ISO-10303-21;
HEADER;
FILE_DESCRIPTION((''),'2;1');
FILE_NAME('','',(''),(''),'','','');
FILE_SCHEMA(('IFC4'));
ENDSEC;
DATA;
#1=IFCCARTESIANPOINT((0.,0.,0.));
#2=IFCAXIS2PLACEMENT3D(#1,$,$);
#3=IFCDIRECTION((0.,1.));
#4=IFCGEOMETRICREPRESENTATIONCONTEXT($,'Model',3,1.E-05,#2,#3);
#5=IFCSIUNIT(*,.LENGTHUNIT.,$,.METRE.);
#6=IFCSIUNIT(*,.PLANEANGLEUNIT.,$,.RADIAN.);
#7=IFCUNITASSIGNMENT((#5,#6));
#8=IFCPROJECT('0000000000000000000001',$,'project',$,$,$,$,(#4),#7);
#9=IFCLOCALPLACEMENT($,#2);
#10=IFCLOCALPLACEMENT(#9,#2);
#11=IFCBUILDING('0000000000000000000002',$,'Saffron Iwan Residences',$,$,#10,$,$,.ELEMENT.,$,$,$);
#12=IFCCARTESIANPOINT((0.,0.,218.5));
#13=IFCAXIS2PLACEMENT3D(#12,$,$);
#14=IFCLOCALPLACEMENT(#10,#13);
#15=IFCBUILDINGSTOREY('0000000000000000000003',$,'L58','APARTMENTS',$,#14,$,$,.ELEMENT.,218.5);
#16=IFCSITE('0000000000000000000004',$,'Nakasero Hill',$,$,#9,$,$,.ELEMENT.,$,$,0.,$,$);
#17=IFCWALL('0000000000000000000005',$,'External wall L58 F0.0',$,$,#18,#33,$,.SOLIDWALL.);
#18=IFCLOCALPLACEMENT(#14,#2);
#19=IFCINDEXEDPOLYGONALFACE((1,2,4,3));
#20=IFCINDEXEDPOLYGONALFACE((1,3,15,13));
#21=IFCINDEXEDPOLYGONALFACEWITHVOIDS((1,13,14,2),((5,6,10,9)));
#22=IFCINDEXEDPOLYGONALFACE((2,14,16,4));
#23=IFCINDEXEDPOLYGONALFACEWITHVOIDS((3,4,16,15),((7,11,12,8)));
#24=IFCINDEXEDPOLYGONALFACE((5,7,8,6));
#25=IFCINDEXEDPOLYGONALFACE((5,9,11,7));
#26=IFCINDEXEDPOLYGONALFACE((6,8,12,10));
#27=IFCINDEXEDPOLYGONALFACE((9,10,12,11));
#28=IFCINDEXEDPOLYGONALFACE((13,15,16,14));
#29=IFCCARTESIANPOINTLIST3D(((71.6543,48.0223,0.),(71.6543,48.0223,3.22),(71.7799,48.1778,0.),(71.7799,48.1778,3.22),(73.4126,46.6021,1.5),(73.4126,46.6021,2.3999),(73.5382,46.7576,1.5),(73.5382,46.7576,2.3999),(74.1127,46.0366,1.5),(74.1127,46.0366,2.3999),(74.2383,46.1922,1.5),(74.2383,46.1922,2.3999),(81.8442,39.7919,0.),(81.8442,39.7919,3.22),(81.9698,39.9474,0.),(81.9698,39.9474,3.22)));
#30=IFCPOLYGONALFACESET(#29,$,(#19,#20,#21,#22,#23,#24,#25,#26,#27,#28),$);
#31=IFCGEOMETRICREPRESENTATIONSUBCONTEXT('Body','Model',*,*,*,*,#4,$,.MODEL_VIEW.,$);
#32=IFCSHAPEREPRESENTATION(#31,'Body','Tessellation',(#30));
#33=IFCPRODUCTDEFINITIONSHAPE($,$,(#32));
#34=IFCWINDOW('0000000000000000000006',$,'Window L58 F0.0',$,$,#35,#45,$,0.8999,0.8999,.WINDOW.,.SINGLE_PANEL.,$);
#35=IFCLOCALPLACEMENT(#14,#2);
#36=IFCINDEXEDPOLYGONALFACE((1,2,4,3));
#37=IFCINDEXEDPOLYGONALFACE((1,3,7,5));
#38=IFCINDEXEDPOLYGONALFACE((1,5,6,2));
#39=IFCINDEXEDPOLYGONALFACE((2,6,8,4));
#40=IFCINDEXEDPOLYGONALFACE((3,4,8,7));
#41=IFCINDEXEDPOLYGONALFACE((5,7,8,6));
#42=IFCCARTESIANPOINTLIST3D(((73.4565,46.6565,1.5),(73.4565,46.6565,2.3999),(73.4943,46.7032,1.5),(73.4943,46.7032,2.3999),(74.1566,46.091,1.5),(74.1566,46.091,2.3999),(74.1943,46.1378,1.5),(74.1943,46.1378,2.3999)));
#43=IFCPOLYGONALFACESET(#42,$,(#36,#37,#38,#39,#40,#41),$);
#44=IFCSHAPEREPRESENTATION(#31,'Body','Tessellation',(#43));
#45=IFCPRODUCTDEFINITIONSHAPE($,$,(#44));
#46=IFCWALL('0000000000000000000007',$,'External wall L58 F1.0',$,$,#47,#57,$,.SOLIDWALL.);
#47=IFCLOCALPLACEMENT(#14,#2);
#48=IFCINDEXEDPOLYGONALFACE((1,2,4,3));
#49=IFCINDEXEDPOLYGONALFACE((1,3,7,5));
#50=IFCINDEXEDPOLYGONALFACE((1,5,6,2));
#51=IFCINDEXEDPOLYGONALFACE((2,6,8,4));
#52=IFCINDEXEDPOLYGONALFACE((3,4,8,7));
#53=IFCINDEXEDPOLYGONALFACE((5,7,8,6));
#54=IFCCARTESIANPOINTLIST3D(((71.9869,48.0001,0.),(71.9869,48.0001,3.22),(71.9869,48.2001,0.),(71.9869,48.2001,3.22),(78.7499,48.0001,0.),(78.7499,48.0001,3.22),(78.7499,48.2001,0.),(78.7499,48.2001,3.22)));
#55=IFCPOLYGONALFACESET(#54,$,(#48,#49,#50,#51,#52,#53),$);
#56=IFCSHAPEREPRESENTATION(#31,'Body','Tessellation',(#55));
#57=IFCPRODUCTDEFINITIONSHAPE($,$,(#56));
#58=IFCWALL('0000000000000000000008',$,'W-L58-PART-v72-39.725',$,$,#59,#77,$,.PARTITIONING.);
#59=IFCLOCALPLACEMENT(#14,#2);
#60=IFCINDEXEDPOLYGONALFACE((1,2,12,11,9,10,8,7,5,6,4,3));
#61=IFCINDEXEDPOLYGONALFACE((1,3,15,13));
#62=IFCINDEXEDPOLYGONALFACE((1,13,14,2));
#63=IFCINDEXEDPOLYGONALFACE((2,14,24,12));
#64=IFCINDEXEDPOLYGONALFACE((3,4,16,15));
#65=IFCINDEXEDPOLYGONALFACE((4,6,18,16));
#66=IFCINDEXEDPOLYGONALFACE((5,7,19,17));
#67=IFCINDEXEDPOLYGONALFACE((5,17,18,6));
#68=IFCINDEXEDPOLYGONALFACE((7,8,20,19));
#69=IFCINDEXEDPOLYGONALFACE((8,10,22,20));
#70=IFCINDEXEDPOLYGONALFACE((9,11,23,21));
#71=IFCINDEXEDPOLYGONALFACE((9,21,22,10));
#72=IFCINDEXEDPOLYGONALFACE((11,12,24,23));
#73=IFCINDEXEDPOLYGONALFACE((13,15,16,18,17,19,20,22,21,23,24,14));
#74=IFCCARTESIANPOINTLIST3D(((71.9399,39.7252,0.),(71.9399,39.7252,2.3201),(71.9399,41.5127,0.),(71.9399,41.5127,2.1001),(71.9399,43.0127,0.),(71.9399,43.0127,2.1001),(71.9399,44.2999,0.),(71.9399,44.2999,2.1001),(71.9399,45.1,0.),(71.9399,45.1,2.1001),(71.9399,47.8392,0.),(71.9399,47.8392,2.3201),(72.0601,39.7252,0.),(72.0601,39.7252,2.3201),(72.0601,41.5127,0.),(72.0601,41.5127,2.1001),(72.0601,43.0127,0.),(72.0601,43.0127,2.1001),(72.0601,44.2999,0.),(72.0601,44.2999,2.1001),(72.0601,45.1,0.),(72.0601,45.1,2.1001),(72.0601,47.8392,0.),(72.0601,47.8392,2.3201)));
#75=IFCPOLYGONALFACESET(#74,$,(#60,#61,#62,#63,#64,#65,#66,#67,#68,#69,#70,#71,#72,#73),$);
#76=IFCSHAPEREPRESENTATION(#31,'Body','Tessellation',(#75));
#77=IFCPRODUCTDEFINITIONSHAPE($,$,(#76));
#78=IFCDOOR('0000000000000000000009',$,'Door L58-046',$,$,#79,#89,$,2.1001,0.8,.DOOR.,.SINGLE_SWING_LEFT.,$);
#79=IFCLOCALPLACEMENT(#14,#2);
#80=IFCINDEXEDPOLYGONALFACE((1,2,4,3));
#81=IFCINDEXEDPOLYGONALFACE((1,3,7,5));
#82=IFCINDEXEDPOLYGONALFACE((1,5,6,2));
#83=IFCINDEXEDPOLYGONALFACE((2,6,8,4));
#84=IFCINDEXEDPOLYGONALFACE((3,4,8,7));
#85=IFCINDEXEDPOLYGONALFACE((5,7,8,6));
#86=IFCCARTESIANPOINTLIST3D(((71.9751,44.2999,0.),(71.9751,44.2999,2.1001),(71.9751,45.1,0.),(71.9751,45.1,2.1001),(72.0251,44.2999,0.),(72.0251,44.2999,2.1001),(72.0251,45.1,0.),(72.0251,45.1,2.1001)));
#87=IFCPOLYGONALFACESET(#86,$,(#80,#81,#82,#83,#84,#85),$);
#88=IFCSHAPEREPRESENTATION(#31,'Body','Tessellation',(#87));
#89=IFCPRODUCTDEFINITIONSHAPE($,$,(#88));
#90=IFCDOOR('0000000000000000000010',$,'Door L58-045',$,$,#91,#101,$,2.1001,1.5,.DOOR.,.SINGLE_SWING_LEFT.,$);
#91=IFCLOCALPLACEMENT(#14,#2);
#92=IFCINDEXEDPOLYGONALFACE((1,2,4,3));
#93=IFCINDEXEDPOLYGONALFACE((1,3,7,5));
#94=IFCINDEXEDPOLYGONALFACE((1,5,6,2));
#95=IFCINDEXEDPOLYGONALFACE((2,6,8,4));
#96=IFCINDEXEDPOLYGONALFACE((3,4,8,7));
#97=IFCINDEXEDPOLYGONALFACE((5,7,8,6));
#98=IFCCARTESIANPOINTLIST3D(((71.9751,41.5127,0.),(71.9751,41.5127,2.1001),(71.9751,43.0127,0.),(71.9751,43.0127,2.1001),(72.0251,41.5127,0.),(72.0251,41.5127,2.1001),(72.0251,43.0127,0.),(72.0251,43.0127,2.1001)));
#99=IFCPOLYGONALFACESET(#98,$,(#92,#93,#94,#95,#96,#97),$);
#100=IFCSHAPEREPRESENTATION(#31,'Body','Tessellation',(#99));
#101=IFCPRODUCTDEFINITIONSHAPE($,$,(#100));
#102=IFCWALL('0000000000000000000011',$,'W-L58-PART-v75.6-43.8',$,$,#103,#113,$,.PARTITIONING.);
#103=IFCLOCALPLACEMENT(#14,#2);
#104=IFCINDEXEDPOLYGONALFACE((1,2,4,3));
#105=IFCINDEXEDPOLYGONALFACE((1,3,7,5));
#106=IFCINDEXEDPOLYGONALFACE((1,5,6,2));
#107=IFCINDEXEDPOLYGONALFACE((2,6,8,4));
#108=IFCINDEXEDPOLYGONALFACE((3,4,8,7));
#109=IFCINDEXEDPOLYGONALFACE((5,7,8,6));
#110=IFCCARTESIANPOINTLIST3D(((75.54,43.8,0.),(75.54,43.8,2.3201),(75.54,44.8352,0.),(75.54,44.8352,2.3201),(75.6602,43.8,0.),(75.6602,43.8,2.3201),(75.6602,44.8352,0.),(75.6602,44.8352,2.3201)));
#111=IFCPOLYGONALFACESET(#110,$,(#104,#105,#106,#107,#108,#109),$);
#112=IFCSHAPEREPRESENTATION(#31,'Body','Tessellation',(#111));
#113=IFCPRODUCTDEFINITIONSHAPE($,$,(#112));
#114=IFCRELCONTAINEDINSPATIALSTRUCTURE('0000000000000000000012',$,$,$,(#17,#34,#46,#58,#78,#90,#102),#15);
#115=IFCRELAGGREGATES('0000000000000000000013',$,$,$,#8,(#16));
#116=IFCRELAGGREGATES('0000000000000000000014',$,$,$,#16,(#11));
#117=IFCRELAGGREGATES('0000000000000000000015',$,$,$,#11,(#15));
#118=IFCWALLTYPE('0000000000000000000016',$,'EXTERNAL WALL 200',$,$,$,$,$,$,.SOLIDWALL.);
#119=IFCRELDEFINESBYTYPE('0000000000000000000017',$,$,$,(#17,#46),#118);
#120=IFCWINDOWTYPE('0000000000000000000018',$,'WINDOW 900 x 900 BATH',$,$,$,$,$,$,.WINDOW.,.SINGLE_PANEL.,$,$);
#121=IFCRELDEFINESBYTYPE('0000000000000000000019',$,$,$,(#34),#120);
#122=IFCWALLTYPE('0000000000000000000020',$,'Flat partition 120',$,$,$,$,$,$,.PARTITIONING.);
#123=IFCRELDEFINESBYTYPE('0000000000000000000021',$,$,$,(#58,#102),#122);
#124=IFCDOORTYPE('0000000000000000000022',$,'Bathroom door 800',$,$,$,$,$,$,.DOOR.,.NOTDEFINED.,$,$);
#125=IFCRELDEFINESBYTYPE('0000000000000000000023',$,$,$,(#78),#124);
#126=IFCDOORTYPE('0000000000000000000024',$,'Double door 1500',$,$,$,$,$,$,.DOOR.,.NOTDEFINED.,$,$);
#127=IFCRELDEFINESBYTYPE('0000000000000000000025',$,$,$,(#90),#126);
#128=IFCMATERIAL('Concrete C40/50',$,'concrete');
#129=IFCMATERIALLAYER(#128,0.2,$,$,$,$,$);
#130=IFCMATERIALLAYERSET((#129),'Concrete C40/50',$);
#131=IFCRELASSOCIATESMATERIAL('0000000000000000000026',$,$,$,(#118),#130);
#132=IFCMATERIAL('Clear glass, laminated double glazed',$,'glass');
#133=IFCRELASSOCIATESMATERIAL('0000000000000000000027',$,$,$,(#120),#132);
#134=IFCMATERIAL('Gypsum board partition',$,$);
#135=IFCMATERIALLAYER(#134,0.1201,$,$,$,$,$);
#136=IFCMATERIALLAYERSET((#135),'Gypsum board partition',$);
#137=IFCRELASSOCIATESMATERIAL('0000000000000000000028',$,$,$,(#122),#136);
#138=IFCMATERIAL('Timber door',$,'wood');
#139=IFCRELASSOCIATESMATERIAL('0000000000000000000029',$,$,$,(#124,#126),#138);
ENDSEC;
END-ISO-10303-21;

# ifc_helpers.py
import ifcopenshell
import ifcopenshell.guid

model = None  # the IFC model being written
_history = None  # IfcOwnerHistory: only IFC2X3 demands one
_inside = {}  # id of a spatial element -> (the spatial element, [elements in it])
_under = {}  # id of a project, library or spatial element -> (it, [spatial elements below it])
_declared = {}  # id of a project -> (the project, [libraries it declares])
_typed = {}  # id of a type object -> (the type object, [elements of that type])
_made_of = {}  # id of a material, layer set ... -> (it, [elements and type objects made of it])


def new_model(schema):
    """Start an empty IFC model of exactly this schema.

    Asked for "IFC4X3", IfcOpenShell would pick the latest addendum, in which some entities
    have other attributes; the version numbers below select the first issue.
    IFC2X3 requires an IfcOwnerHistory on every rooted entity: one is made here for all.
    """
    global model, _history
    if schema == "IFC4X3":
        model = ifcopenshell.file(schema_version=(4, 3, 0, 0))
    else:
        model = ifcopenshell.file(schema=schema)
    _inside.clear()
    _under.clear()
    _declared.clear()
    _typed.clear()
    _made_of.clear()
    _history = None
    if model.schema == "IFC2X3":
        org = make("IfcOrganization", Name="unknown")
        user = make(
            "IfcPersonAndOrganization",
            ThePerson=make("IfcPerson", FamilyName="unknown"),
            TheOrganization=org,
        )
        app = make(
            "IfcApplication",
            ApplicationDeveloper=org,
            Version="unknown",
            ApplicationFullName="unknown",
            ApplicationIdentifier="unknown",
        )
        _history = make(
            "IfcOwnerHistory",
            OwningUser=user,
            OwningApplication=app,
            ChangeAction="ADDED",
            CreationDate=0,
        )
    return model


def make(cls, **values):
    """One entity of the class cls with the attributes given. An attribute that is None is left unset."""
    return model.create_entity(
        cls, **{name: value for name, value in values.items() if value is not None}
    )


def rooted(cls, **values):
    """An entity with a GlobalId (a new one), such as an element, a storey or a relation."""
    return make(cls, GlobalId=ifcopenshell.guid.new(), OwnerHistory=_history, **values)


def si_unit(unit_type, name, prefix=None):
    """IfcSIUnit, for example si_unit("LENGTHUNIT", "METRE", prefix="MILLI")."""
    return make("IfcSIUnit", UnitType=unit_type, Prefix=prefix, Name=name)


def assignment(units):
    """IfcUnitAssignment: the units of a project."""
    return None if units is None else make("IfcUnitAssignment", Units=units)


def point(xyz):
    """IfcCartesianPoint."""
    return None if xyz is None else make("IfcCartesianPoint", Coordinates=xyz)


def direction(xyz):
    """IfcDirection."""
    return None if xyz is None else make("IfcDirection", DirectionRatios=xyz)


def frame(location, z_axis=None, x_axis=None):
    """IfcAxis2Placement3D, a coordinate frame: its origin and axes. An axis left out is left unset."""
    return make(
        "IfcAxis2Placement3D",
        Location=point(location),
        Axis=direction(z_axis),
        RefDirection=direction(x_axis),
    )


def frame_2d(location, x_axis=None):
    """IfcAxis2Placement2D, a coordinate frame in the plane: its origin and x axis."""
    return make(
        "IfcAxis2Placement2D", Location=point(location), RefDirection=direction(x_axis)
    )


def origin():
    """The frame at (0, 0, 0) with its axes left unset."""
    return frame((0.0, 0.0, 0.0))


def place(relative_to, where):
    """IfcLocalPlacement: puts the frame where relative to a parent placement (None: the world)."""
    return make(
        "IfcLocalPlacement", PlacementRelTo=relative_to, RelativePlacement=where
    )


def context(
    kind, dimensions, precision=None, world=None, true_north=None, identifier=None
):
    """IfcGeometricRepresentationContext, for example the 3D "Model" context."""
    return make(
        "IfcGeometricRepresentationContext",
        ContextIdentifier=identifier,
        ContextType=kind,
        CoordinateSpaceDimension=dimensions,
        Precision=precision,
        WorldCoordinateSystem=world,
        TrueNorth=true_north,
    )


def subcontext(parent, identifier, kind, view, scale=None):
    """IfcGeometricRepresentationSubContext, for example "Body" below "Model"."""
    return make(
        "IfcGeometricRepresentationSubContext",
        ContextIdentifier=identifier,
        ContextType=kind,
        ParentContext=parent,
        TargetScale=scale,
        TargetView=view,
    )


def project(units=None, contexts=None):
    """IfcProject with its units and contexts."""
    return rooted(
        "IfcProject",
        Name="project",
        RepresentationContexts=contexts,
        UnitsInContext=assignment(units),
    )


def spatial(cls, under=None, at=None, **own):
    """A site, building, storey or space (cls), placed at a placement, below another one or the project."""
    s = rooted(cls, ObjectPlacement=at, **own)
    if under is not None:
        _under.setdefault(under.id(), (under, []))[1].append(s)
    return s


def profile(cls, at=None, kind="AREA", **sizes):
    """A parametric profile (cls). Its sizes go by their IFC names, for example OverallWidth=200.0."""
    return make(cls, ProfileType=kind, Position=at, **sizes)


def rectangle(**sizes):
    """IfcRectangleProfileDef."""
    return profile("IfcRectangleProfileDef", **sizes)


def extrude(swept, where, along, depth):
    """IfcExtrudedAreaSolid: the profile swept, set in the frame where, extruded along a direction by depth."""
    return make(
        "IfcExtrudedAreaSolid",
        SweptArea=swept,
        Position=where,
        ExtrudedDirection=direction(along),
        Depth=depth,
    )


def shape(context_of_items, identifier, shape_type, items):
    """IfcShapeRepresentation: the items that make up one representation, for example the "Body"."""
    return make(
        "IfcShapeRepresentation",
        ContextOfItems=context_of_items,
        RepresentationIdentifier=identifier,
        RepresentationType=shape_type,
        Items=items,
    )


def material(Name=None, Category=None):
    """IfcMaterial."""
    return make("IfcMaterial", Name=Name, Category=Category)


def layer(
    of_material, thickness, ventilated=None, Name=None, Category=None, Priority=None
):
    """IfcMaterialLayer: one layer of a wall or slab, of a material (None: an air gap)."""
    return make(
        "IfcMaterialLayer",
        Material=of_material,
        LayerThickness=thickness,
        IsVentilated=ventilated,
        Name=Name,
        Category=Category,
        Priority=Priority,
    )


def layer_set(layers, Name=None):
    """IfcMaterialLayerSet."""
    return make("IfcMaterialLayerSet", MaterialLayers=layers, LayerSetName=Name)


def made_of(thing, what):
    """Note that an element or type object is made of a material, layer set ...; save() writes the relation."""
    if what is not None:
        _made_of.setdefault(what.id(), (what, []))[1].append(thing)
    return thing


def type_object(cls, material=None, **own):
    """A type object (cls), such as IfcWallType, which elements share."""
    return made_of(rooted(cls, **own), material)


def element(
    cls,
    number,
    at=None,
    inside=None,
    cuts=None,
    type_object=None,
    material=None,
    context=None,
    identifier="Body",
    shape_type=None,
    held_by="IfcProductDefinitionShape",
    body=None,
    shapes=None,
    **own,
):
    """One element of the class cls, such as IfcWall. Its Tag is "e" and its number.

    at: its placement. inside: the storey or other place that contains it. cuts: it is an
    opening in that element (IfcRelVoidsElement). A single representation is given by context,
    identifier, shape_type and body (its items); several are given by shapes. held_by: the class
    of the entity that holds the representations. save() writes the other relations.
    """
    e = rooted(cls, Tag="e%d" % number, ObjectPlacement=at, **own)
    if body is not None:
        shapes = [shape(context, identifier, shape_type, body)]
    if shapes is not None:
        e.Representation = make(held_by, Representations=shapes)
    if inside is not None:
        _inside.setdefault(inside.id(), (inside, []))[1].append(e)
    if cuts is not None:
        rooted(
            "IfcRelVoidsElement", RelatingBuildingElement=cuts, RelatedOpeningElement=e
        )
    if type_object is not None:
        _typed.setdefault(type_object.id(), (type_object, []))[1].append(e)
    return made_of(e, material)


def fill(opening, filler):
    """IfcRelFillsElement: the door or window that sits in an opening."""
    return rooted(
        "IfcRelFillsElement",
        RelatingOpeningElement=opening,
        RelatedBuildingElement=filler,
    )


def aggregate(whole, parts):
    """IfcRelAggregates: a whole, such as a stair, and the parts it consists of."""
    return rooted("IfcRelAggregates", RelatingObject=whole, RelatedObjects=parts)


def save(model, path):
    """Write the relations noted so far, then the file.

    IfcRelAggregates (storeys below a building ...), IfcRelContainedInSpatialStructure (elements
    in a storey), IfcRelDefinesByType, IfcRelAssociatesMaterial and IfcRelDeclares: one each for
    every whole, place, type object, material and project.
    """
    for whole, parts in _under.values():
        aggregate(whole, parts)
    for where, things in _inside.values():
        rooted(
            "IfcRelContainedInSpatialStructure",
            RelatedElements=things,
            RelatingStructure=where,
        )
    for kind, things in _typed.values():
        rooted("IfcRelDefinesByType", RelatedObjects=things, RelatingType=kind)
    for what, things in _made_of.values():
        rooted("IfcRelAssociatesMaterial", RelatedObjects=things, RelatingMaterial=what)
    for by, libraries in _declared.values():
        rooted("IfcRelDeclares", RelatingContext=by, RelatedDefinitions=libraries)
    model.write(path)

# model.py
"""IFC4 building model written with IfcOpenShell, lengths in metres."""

from ifc_helpers import new_model, si_unit, direction, frame, frame_2d, origin, place, context, subcontext, project, spatial, rectangle, extrude, material, layer, layer_set, type_object, element, fill, save


model = new_model("IFC4")

# Units and contexts
model_context = context("Model", 3, precision=1e-05, world=origin(), true_north=direction((0.0, 1.0)))
body_context = subcontext(model_context, "Body", "Model", "MODEL_VIEW")
ifc_project = project(units=[si_unit("LENGTHUNIT", "METRE"), si_unit("PLANEANGLEUNIT", "RADIAN")], contexts=[model_context])

# Site, building, storey
site_placement = place(None, origin())
site = spatial("IfcSite", under=ifc_project, at=site_placement, Name="Nakasero Hill", CompositionType="ELEMENT", RefElevation=0.0)
building_placement = place(site_placement, origin())
building = spatial("IfcBuilding", under=site, at=building_placement, Name="Saffron Iwan Residences", CompositionType="ELEMENT")
storey_placement = place(building_placement, frame((0.0, 0.0, 218.5)))
storey = spatial("IfcBuildingStorey", under=building, at=storey_placement, Name="L58", Description="APARTMENTS", CompositionType="ELEMENT", Elevation=218.5)

# Shared definitions
ifc_material_1 = material(Name="Concrete C40/50", Category="concrete")

# Wall, opening, window
ifc_layer_1 = layer(ifc_material_1, 0.2)
ifc_layer_set_1 = layer_set([ifc_layer_1], Name="Concrete C40/50")
wall_type_1 = type_object("IfcWallType", Name="EXTERNAL WALL 200", PredefinedType="SOLIDWALL", material=ifc_layer_set_1)
wall_1_placement = place(storey_placement, frame((81.907, 39.8696, 0.0), z_axis=(0.0, 0.0, 1.0), x_axis=(-0.777936, 0.628343, 0.0)))
wall_1 = element("IfcWall", 1, at=wall_1_placement, inside=storey, type_object=wall_type_1, Name="External wall L58 F0.0", PredefinedType="SOLIDWALL", context=body_context, shape_type="SweptSolid", body=[
    extrude(rectangle(XDim=13.0986, YDim=0.2, at=frame_2d((6.5493, 0.0))), origin(), (0.0, 0.0, 1.0), 3.22),
])
opening_1_placement = place(wall_1_placement, frame((9.9385, 0.0, 1.5)))
opening_1 = element("IfcOpeningElement", 2, at=opening_1_placement, cuts=wall_1, PredefinedType="OPENING", context=body_context, shape_type="SweptSolid", body=[
    extrude(rectangle(XDim=0.8999, YDim=0.8999, at=frame_2d((0.45, 0.45))), frame((0.0, 0.1099, 0.0), z_axis=(0.0, -1.0, 0.0), x_axis=(1.0, 0.0, 0.0)), (0.0, 0.0, 1.0), 0.22),
])
ifc_material_2 = material(Name="Clear glass, laminated double glazed", Category="glass")
window_type = type_object("IfcWindowType", Name="WINDOW 900 x 900 BATH", PartitioningType="SINGLE_PANEL", PredefinedType="WINDOW", material=ifc_material_2)
window_placement = place(opening_1_placement, origin())
window = element("IfcWindow", 3, at=window_placement, inside=storey, type_object=window_type, Name="Window L58 F0.0", OverallHeight=0.8999, OverallWidth=0.8999, PartitioningType="SINGLE_PANEL", PredefinedType="WINDOW", context=body_context, shape_type="SweptSolid", body=[
    extrude(rectangle(XDim=0.8999, YDim=0.8999, at=frame_2d((0.45, 0.45))), frame((0.0, 0.03, 0.0), z_axis=(0.0, -1.0, 0.0), x_axis=(1.0, 0.0, 0.0)), (0.0, 0.0, 1.0), 0.0601),
])
fill(opening_1, window)

# Wall
wall_2_placement = place(storey_placement, frame((71.9871, 48.1001, 0.0), z_axis=(0.0, 0.0, 1.0), x_axis=(1.0, 0.0, 0.0)))
element("IfcWall", 4, at=wall_2_placement, inside=storey, type_object=wall_type_1, Name="External wall L58 F1.0", PredefinedType="SOLIDWALL", context=body_context, shape_type="SweptSolid", body=[
    extrude(rectangle(XDim=6.7629, YDim=0.2, at=frame_2d((3.3813, 0.0))), origin(), (0.0, 0.0, 1.0), 3.22),
])

# Wall, openings, doors
ifc_material_3 = material(Name="Gypsum board partition")
ifc_layer_2 = layer(ifc_material_3, 0.1201)
ifc_layer_set_2 = layer_set([ifc_layer_2], Name="Gypsum board partition")
wall_type_2 = type_object("IfcWallType", Name="Flat partition 120", PredefinedType="PARTITIONING", material=ifc_layer_set_2)
wall_3_placement = place(storey_placement, frame((72.0, 39.7251, 0.0), z_axis=(0.0, 0.0, 1.0), x_axis=(0.0, 1.0, 0.0)))
wall_3 = element("IfcWall", 5, at=wall_3_placement, inside=storey, type_object=wall_type_2, Name="W-L58-PART-v72-39.725", PredefinedType="PARTITIONING", context=body_context, shape_type="SweptSolid", body=[
    extrude(rectangle(XDim=8.114, YDim=0.1201, at=frame_2d((4.0571, 0.0))), origin(), (0.0, 0.0, 1.0), 2.3201),
])
opening_2_placement = place(wall_3_placement, frame((1.7876, 0.0, 0.0)))
opening_2 = element("IfcOpeningElement", 6, at=opening_2_placement, cuts=wall_3, PredefinedType="OPENING", context=body_context, shape_type="SweptSolid", body=[
    extrude(rectangle(XDim=1.5, YDim=2.1001, at=frame_2d((0.75, 1.05))), frame((0.0, 0.0701, 0.0), z_axis=(0.0, -1.0, 0.0), x_axis=(1.0, 0.0, 0.0)), (0.0, 0.0, 1.0), 0.1401),
])
opening_3_placement = place(wall_3_placement, frame((4.575, 0.0, 0.0)))
opening_3 = element("IfcOpeningElement", 7, at=opening_3_placement, cuts=wall_3, PredefinedType="OPENING", context=body_context, shape_type="SweptSolid", body=[
    extrude(rectangle(XDim=0.8, YDim=2.1001, at=frame_2d((0.3999, 1.05))), frame((0.0, 0.0701, 0.0), z_axis=(0.0, -1.0, 0.0), x_axis=(1.0, 0.0, 0.0)), (0.0, 0.0, 1.0), 0.1401),
])
ifc_material_4 = material(Name="Timber door", Category="wood")
door_type_1 = type_object("IfcDoorType", Name="Bathroom door 800", OperationType="NOTDEFINED", PredefinedType="DOOR", material=ifc_material_4)
door_1_placement = place(opening_3_placement, origin())
door_1 = element("IfcDoor", 8, at=door_1_placement, inside=storey, type_object=door_type_1, Name="Door L58-046", OperationType="SINGLE_SWING_LEFT", OverallHeight=2.1001, OverallWidth=0.8, PredefinedType="DOOR", context=body_context, shape_type="SweptSolid", body=[
    extrude(rectangle(XDim=0.8, YDim=2.1001, at=frame_2d((0.3999, 1.05))), frame((0.0, 0.0249, 0.0), z_axis=(0.0, -1.0, 0.0), x_axis=(1.0, 0.0, 0.0)), (0.0, 0.0, 1.0), 0.05),
])
fill(opening_3, door_1)
door_type_2 = type_object("IfcDoorType", Name="Double door 1500", OperationType="NOTDEFINED", PredefinedType="DOOR", material=ifc_material_4)
door_2_placement = place(opening_2_placement, origin())
door_2 = element("IfcDoor", 9, at=door_2_placement, inside=storey, type_object=door_type_2, Name="Door L58-045", OperationType="SINGLE_SWING_LEFT", OverallHeight=2.1001, OverallWidth=1.5, PredefinedType="DOOR", context=body_context, shape_type="SweptSolid", body=[
    extrude(rectangle(XDim=1.5, YDim=2.1001, at=frame_2d((0.75, 1.05))), frame((0.0, 0.0249, 0.0), z_axis=(0.0, -1.0, 0.0), x_axis=(1.0, 0.0, 0.0)), (0.0, 0.0, 1.0), 0.05),
])
fill(opening_2, door_2)

# Wall
wall_4_placement = place(storey_placement, frame((75.6001, 43.8, 0.0), z_axis=(0.0, 0.0, 1.0), x_axis=(0.0, 1.0, 0.0)))
element("IfcWall", 10, at=wall_4_placement, inside=storey, type_object=wall_type_2, Name="W-L58-PART-v75.6-43.8", PredefinedType="PARTITIONING", context=body_context, shape_type="SweptSolid", body=[
    extrude(rectangle(XDim=1.0352, YDim=0.1201, at=frame_2d((0.5176, 0.0))), origin(), (0.0, 0.0, 1.0), 2.3201),
])

save(model, "model.ifc")
